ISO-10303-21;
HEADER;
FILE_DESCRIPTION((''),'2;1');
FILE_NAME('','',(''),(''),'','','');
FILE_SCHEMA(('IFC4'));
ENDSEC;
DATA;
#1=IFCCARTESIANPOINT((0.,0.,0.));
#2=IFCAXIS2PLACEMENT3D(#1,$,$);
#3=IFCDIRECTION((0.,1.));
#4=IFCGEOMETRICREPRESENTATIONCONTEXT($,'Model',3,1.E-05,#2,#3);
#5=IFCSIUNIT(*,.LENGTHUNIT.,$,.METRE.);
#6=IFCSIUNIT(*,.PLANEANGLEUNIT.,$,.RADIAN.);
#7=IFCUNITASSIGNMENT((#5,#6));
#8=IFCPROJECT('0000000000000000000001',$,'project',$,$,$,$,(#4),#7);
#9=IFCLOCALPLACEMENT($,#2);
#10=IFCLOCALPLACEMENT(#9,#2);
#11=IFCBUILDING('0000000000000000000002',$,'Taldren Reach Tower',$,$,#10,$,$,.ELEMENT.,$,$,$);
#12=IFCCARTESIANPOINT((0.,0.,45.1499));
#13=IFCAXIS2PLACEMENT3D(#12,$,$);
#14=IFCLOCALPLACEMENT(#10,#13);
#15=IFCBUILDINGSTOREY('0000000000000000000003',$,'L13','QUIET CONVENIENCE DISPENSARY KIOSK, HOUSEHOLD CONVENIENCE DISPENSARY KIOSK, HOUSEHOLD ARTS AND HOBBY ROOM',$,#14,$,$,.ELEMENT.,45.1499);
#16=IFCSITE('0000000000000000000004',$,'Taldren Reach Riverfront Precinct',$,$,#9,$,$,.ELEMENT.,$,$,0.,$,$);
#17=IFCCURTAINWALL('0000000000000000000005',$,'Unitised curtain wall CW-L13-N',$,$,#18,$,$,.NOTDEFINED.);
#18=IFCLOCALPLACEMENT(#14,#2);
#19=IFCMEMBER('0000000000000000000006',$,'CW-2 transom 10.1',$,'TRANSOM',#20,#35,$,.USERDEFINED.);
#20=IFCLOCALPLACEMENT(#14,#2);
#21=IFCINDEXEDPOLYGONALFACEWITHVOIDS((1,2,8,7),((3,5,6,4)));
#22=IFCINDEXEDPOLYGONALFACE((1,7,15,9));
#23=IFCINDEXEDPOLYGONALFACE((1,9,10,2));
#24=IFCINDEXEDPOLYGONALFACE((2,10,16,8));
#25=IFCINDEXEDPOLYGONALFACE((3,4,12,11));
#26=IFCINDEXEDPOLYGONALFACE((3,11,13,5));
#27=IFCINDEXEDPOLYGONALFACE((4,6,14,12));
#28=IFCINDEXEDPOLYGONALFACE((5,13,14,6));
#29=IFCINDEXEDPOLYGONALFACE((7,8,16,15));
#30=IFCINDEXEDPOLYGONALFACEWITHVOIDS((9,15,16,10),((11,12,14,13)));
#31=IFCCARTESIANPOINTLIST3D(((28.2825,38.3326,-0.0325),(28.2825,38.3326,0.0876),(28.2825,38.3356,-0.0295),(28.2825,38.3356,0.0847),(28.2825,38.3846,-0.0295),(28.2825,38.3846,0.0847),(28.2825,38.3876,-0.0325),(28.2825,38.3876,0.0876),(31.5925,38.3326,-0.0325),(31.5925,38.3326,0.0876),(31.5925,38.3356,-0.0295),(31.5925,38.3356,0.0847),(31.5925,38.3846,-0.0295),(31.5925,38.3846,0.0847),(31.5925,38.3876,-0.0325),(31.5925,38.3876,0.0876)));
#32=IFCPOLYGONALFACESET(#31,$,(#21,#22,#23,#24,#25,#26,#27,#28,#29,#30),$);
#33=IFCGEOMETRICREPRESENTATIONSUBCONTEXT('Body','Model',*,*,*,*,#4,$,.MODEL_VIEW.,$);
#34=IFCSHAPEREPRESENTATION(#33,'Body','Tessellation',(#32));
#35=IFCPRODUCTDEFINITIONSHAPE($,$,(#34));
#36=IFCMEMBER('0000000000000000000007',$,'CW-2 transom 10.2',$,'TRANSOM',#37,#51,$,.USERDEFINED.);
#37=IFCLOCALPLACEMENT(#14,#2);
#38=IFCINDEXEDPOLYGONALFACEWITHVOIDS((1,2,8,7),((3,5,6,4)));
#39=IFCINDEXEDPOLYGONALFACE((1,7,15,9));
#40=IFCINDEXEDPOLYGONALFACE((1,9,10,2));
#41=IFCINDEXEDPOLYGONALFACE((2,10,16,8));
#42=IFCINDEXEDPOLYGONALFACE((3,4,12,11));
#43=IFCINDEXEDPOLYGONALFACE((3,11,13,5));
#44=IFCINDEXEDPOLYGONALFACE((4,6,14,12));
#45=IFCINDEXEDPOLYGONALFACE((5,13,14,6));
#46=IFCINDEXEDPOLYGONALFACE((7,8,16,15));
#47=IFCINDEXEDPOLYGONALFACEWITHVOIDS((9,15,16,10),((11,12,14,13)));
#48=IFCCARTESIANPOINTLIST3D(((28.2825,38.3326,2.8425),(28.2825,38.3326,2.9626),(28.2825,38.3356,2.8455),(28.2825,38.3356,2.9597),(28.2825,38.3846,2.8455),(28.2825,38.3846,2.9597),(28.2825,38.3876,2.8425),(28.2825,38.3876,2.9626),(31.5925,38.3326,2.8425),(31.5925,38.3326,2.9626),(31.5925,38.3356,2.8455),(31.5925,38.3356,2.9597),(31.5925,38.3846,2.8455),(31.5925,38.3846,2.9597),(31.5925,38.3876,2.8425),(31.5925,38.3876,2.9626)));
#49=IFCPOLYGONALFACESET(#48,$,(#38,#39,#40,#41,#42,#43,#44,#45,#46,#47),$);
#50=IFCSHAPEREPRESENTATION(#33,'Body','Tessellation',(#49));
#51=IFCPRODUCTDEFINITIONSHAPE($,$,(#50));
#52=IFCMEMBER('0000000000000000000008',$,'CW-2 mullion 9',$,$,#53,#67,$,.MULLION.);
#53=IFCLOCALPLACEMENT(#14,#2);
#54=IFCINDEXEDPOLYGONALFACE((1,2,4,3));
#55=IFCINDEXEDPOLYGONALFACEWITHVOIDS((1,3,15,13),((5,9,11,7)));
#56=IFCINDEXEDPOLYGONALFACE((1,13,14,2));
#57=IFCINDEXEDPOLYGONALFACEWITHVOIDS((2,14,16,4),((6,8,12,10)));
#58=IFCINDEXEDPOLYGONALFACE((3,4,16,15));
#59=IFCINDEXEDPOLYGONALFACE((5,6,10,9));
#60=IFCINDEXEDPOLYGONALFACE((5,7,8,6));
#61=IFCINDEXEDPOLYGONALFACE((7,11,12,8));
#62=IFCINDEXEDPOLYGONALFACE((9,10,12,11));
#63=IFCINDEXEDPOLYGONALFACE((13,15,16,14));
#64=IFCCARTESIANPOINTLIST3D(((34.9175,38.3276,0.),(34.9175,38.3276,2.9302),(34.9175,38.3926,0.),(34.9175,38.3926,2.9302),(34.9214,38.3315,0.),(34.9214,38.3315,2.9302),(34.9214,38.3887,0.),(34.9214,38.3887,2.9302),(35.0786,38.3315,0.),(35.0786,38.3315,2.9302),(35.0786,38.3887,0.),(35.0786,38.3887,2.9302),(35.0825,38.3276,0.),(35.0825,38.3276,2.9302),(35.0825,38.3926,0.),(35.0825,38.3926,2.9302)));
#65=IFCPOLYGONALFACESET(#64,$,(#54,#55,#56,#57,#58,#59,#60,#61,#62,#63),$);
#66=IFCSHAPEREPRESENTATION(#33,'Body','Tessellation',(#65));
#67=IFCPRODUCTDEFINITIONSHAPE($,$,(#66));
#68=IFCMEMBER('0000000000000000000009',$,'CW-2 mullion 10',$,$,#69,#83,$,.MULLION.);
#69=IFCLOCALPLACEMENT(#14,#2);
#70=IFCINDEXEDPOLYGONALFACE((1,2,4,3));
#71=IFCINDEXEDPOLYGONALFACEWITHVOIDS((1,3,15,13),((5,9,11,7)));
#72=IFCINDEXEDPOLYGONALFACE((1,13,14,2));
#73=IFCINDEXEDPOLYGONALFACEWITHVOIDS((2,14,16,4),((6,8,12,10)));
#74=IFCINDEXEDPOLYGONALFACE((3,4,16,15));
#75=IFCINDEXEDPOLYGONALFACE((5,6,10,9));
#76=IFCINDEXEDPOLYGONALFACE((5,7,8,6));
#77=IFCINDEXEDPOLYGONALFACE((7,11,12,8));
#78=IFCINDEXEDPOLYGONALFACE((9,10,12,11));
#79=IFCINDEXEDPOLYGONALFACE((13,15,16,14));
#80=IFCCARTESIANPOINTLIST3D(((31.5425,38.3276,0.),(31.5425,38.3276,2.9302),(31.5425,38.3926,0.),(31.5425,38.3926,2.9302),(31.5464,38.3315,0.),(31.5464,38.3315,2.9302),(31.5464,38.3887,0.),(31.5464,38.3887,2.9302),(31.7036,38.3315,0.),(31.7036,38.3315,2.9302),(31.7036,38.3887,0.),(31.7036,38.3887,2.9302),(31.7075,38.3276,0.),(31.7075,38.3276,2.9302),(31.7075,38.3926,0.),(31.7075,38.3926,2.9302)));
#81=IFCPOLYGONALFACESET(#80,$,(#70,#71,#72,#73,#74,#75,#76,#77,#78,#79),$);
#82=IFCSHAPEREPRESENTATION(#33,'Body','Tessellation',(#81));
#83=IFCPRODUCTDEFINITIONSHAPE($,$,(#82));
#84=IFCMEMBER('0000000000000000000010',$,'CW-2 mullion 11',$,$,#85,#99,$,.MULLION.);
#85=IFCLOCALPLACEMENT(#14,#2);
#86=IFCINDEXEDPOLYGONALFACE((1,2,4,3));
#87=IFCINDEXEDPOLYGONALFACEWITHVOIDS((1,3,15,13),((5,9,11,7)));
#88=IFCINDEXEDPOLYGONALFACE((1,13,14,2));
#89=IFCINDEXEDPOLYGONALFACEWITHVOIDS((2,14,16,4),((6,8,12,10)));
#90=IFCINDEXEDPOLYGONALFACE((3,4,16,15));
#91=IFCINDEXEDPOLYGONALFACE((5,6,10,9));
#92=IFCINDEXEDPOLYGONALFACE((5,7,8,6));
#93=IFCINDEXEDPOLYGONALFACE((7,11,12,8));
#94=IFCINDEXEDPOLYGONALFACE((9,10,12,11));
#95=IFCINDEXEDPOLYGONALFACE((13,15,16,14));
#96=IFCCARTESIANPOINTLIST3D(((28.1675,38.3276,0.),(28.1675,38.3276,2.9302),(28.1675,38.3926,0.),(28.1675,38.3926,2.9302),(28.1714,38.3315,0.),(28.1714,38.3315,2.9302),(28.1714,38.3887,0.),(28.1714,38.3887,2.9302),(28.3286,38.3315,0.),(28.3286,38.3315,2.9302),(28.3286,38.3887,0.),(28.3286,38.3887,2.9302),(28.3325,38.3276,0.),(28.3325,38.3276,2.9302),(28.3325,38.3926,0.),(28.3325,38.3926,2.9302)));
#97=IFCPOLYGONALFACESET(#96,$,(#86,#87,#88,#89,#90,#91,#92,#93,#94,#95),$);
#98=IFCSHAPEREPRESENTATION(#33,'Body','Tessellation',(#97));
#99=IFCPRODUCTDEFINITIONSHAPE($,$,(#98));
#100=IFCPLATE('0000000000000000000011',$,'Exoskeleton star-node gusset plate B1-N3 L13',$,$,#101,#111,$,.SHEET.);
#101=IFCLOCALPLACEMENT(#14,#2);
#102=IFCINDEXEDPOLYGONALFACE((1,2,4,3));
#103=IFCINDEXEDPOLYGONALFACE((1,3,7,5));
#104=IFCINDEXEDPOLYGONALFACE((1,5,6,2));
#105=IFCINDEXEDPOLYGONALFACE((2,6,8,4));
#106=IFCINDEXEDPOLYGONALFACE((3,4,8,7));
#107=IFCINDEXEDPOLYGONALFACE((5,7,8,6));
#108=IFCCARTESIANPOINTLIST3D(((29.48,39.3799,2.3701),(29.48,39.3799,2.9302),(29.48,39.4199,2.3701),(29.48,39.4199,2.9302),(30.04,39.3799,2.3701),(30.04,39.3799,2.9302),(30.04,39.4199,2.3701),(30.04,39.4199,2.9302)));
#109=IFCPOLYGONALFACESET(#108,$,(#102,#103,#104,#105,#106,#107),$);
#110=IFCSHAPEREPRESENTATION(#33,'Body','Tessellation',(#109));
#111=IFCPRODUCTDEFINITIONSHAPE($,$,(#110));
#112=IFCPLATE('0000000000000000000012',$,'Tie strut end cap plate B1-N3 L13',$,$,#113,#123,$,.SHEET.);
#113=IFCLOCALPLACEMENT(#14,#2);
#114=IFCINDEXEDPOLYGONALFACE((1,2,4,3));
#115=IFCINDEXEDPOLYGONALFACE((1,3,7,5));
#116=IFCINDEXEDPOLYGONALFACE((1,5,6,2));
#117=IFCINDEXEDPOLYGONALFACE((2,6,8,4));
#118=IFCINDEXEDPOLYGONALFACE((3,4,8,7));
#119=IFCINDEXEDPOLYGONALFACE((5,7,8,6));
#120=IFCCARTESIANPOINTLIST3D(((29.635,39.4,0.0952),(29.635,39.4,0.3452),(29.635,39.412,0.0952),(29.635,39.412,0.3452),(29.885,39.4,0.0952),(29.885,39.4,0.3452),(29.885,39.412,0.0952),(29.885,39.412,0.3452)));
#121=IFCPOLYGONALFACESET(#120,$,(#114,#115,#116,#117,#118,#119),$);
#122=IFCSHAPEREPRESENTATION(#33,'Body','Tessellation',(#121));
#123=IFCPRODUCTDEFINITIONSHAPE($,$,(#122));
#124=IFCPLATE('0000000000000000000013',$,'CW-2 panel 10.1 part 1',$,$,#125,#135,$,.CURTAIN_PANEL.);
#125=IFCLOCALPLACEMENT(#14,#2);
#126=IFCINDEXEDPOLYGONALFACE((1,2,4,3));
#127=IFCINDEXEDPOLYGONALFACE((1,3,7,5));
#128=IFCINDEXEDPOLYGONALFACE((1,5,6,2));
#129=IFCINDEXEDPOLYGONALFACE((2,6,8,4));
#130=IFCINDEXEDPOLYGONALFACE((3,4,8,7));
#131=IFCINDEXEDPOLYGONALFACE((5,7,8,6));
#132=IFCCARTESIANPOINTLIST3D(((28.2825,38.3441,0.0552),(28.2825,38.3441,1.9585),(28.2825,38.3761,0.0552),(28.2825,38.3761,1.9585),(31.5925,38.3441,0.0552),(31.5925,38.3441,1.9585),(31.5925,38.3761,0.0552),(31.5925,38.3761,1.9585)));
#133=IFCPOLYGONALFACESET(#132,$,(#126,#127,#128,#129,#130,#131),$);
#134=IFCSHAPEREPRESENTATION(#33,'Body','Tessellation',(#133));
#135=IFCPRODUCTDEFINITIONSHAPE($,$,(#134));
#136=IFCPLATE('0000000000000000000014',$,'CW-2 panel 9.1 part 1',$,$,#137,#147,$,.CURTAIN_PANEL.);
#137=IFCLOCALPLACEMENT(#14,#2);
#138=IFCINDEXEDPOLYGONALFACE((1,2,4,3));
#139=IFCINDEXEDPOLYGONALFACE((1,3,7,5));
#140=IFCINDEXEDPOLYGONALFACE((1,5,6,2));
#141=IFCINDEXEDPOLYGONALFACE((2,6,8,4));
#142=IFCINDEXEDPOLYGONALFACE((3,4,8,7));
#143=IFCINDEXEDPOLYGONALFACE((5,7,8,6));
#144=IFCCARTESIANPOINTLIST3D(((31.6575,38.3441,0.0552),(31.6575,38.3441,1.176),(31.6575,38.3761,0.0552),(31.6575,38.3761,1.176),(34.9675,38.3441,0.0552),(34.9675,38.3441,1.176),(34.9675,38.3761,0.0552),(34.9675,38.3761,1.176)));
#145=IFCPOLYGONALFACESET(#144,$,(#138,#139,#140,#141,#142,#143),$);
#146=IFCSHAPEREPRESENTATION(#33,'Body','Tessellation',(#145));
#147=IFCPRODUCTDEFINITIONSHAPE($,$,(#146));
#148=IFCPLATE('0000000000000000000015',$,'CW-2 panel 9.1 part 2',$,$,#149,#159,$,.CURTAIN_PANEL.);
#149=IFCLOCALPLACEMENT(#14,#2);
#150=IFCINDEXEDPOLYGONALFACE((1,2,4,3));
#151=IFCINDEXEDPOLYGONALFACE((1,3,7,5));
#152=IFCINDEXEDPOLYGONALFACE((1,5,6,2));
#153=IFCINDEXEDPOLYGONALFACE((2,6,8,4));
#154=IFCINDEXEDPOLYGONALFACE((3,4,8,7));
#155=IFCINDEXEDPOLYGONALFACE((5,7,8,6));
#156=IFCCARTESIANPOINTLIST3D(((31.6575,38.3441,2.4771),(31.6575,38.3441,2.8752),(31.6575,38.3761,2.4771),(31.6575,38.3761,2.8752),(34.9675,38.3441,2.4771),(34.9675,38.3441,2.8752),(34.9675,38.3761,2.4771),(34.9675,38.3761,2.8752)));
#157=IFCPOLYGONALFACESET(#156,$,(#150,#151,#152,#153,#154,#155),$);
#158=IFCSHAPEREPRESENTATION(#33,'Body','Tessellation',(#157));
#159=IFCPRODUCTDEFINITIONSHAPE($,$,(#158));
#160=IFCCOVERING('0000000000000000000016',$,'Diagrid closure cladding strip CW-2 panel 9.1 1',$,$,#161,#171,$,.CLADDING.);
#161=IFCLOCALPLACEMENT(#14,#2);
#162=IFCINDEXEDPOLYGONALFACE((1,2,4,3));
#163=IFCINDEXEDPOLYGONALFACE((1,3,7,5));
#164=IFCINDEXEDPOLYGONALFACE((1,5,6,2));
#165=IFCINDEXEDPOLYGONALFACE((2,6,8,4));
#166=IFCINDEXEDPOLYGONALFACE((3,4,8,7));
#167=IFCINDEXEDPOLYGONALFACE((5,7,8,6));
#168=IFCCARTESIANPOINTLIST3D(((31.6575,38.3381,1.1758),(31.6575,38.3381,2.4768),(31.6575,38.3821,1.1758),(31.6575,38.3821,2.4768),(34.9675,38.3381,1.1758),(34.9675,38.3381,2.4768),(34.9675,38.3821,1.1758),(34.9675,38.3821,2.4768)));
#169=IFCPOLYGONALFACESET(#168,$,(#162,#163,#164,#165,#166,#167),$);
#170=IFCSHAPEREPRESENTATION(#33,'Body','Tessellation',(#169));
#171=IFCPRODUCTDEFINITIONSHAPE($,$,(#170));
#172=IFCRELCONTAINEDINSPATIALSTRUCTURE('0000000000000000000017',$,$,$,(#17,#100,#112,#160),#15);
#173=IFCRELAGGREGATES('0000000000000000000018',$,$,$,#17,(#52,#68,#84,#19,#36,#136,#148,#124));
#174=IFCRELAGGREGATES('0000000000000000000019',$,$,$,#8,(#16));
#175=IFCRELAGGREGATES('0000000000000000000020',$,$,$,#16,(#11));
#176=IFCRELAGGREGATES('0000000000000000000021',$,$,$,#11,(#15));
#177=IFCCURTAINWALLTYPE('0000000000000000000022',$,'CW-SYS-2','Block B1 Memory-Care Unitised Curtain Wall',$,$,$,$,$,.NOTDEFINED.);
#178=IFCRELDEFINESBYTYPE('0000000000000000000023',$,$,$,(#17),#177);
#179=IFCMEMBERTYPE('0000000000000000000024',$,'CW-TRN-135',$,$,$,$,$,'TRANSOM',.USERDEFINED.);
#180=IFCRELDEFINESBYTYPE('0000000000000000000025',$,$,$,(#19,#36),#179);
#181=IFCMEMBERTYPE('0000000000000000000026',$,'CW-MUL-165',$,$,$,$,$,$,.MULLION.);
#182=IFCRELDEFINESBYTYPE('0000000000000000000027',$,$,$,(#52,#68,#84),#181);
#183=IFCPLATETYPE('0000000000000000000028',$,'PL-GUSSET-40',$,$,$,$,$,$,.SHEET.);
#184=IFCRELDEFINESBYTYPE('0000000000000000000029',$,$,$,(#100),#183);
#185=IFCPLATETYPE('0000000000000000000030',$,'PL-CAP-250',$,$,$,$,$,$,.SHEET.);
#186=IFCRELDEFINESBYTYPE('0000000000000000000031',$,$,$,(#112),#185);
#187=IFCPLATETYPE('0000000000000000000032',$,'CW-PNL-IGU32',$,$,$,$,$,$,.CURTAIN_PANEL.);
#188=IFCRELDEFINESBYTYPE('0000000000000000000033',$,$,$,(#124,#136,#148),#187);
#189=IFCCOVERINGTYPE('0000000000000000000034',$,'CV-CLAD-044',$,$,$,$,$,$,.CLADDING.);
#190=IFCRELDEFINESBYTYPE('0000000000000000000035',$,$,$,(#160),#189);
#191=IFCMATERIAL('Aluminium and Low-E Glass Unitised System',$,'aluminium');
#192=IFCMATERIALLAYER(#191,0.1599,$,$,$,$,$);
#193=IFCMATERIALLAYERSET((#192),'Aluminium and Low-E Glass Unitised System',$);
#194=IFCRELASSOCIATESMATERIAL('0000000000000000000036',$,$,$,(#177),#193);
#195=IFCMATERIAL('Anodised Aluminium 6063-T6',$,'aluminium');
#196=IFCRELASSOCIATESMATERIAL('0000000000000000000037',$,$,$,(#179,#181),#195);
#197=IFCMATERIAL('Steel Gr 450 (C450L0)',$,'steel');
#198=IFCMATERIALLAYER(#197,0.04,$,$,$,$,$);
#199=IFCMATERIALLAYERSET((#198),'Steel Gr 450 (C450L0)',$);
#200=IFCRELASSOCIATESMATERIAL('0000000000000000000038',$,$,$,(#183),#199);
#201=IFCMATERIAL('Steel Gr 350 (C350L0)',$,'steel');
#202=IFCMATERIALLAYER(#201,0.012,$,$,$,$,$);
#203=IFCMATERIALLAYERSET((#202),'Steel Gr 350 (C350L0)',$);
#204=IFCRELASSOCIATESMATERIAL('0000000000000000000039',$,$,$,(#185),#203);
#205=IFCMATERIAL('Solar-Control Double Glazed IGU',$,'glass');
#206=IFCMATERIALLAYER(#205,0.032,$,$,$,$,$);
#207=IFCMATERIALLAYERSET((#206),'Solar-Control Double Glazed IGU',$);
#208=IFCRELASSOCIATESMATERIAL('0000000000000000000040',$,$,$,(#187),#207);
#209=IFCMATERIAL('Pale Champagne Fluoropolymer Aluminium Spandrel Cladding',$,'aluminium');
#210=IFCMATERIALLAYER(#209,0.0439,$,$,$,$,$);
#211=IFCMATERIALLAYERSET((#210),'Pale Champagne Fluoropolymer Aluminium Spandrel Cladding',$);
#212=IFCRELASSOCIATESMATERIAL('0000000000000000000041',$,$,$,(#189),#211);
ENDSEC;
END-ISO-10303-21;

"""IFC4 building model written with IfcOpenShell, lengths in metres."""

from ifc_helpers import new_model, si_unit, direction, frame, origin, origin_2d, place, context, subcontext, project, spatial, rectangle, hollow_rectangle, extrude, source, transform, mapped, material, layer, layer_set, material_profile, profile_set, type_object, element, aggregate, save


model = new_model("IFC4")

# Units and contexts
model_context = context("Model", 3, precision=1e-05, world=origin(), true_north=direction((0.0, 1.0)))
body_context = subcontext(model_context, "Body", "Model", "MODEL_VIEW")
ifc_project = project(units=[si_unit("LENGTHUNIT", "METRE"), si_unit("PLANEANGLEUNIT", "RADIAN")], contexts=[model_context])

# Site, building, storey
site_placement = place(None, origin())
site = spatial("IfcSite", under=ifc_project, at=site_placement, Name="Taldren Reach Riverfront Precinct", CompositionType="ELEMENT", RefElevation=0.0)
building_placement = place(site_placement, origin())
building = spatial("IfcBuilding", under=site, at=building_placement, Name="Taldren Reach Tower", CompositionType="ELEMENT")
storey_placement = place(building_placement, frame((0.0, 0.0, 45.1499)))
storey = spatial("IfcBuildingStorey", under=building, at=storey_placement, Name="L13", Description="QUIET CONVENIENCE DISPENSARY KIOSK, HOUSEHOLD CONVENIENCE DISPENSARY KIOSK, HOUSEHOLD ARTS AND HOBBY ROOM", CompositionType="ELEMENT", Elevation=45.1499)

# Shared definitions
ifc_material_1 = material(Name="Steel Gr 450 (C450L0)", Category="steel")
ifc_material_2 = material(Name="Steel Gr 350 (C350L0)", Category="steel")

# Curtain wall, members
ifc_material_3 = material(Name="Aluminium and Low-E Glass Unitised System", Category="aluminium")
ifc_layer_1 = layer(ifc_material_3, 0.1599)
ifc_layer_set_1 = layer_set([ifc_layer_1], Name="Aluminium and Low-E Glass Unitised System")
curtain_wall_type = type_object("IfcCurtainWallType", Name="CW-SYS-2", Description="Block B1 Memory-Care Unitised Curtain Wall", PredefinedType="NOTDEFINED", material=ifc_layer_set_1)
curtain_wall_placement = place(storey_placement, origin())
curtain_wall = element("IfcCurtainWall", 1, at=curtain_wall_placement, inside=storey, type_object=curtain_wall_type, Name="Unitised curtain wall CW-L13-N", PredefinedType="NOTDEFINED")
ifc_material_4 = material(Name="Anodised Aluminium 6063-T6", Category="aluminium")
ifc_material_profile_1 = material_profile(ifc_material_4, hollow_rectangle(XDim=0.0549, YDim=0.1201, WallThickness=0.0029, at=origin_2d()), Name="ALU-120x55x3RHS")
ifc_profile_set_1 = profile_set([ifc_material_profile_1], Name="Anodised Aluminium 6063-T6")
member_type_1 = type_object("IfcMemberType", Name="CW-TRN-135", ElementType="TRANSOM", PredefinedType="USERDEFINED", material=ifc_profile_set_1)
shared_shape_1 = source(origin(), body_context, "Body", "SweptSolid", [
    extrude(hollow_rectangle(XDim=0.0549, YDim=0.1201, WallThickness=0.0029, at=origin_2d()), origin(), (0.0, 0.0, 1.0), 3.3101),
])
member_1_placement = place(storey_placement, frame((31.5925, 38.3601, 0.0276), z_axis=(-1.0, 0.0, 0.0), x_axis=(0.0, -1.0, 0.0)))
member_1 = element("IfcMember", 2, at=member_1_placement, type_object=member_type_1, Name="CW-2 transom 10.1", ObjectType="TRANSOM", PredefinedType="USERDEFINED", context=body_context, shape_type="MappedRepresentation", body=[
    mapped(shared_shape_1, transform((0.0, 0.0, 0.0), scale=1.0)),
])
member_2_placement = place(storey_placement, frame((31.5925, 38.3601, 2.9026), z_axis=(-1.0, 0.0, 0.0), x_axis=(0.0, -1.0, 0.0)))
member_2 = element("IfcMember", 3, at=member_2_placement, type_object=member_type_1, Name="CW-2 transom 10.2", ObjectType="TRANSOM", PredefinedType="USERDEFINED", context=body_context, shape_type="MappedRepresentation", body=[
    mapped(shared_shape_1, transform((0.0, 0.0, 0.0), scale=1.0)),
])
ifc_material_profile_2 = material_profile(ifc_material_4, hollow_rectangle(XDim=0.0649, YDim=0.165, WallThickness=0.0039, at=origin_2d()), Name="ALU-165x65x4RHS")
ifc_profile_set_2 = profile_set([ifc_material_profile_2], Name="Anodised Aluminium 6063-T6")
member_type_2 = type_object("IfcMemberType", Name="CW-MUL-165", PredefinedType="MULLION", material=ifc_profile_set_2)
shared_shape_2 = source(origin(), body_context, "Body", "SweptSolid", [
    extrude(hollow_rectangle(XDim=0.0649, YDim=0.165, WallThickness=0.0039, at=origin_2d()), origin(), (0.0, 0.0, 1.0), 2.9302),
])
member_3_placement = place(storey_placement, frame((35.0, 38.3601, 0.0), z_axis=(0.0, 0.0, 1.0), x_axis=(0.0, -1.0, 0.0)))
member_3 = element("IfcMember", 4, at=member_3_placement, type_object=member_type_2, Name="CW-2 mullion 9", PredefinedType="MULLION", context=body_context, shape_type="MappedRepresentation", body=[
    mapped(shared_shape_2, transform((0.0, 0.0, 0.0), scale=1.0)),
])
member_4_placement = place(storey_placement, frame((31.625, 38.3601, 0.0), z_axis=(0.0, 0.0, 1.0), x_axis=(0.0, -1.0, 0.0)))
member_4 = element("IfcMember", 5, at=member_4_placement, type_object=member_type_2, Name="CW-2 mullion 10", PredefinedType="MULLION", context=body_context, shape_type="MappedRepresentation", body=[
    mapped(shared_shape_2, transform((0.0, 0.0, 0.0), scale=1.0)),
])
member_5_placement = place(storey_placement, frame((28.25, 38.3601, 0.0), z_axis=(0.0, 0.0, 1.0), x_axis=(0.0, -1.0, 0.0)))
member_5 = element("IfcMember", 6, at=member_5_placement, type_object=member_type_2, Name="CW-2 mullion 11", PredefinedType="MULLION", context=body_context, shape_type="MappedRepresentation", body=[
    mapped(shared_shape_2, transform((0.0, 0.0, 0.0), scale=1.0)),
])

# Plates
ifc_layer_2 = layer(ifc_material_1, 0.04)
ifc_layer_set_2 = layer_set([ifc_layer_2], Name="Steel Gr 450 (C450L0)")
plate_type_1 = type_object("IfcPlateType", Name="PL-GUSSET-40", PredefinedType="SHEET", material=ifc_layer_set_2)
shared_shape_3 = source(origin(), body_context, "Body", "SweptSolid", [
    extrude(rectangle(XDim=0.5601, YDim=0.04, at=origin_2d()), origin(), (0.0, 0.0, 1.0), 0.5601),
])
plate_1_placement = place(storey_placement, frame((29.76, 39.3999, 2.3701), z_axis=(0.0, 0.0, 1.0), x_axis=(1.0, 0.0, 0.0)))
element("IfcPlate", 7, at=plate_1_placement, inside=storey, type_object=plate_type_1, Name="Exoskeleton star-node gusset plate B1-N3 L13", PredefinedType="SHEET", context=body_context, shape_type="MappedRepresentation", body=[
    mapped(shared_shape_3, transform((0.0, 0.0, 0.0), scale=1.0)),
])
ifc_layer_3 = layer(ifc_material_2, 0.012)
ifc_layer_set_3 = layer_set([ifc_layer_3], Name="Steel Gr 350 (C350L0)")
plate_type_2 = type_object("IfcPlateType", Name="PL-CAP-250", PredefinedType="SHEET", material=ifc_layer_set_3)
shared_shape_4 = source(origin(), body_context, "Body", "SweptSolid", [
    extrude(rectangle(XDim=0.25, YDim=0.012, at=origin_2d()), origin(), (0.0, 0.0, 1.0), 0.25),
])
plate_2_placement = place(storey_placement, frame((29.76, 39.406, 0.0952), z_axis=(0.0, 0.0, 1.0), x_axis=(1.0, 0.0, 0.0)))
element("IfcPlate", 8, at=plate_2_placement, inside=storey, type_object=plate_type_2, Name="Tie strut end cap plate B1-N3 L13", PredefinedType="SHEET", context=body_context, shape_type="MappedRepresentation", body=[
    mapped(shared_shape_4, transform((0.0, 0.0, 0.0), scale=1.0)),
])

# Plates
ifc_material_5 = material(Name="Solar-Control Double Glazed IGU", Category="glass")
ifc_layer_4 = layer(ifc_material_5, 0.032)
ifc_layer_set_4 = layer_set([ifc_layer_4], Name="Solar-Control Double Glazed IGU")
plate_type_3 = type_object("IfcPlateType", Name="CW-PNL-IGU32", PredefinedType="CURTAIN_PANEL", material=ifc_layer_set_4)
shared_shape_5 = source(origin(), body_context, "Body", "SweptSolid", [
    extrude(rectangle(XDim=3.3101, YDim=0.032, at=origin_2d()), origin(), (0.0, 0.0, 1.0), 1.9033),
])
plate_3_placement = place(storey_placement, frame((29.9375, 38.3601, 0.0552), z_axis=(0.0, 0.0, 1.0), x_axis=(-1.0, 0.0, 0.0)))
plate_3 = element("IfcPlate", 9, at=plate_3_placement, type_object=plate_type_3, Name="CW-2 panel 10.1 part 1", PredefinedType="CURTAIN_PANEL", context=body_context, shape_type="MappedRepresentation", body=[
    mapped(shared_shape_5, transform((0.0, 0.0, 0.0), scale=1.0)),
])
shared_shape_6 = source(origin(), body_context, "Body", "SweptSolid", [
    extrude(rectangle(XDim=3.3101, YDim=0.032, at=origin_2d()), origin(), (0.0, 0.0, 1.0), 1.1208),
])
plate_4_placement = place(storey_placement, frame((33.3125, 38.3601, 0.0552), z_axis=(0.0, 0.0, 1.0), x_axis=(-1.0, 0.0, 0.0)))
plate_4 = element("IfcPlate", 10, at=plate_4_placement, type_object=plate_type_3, Name="CW-2 panel 9.1 part 1", PredefinedType="CURTAIN_PANEL", context=body_context, shape_type="MappedRepresentation", body=[
    mapped(shared_shape_6, transform((0.0, 0.0, 0.0), scale=1.0)),
])
shared_shape_7 = source(origin(), body_context, "Body", "SweptSolid", [
    extrude(rectangle(XDim=3.3101, YDim=0.032, at=origin_2d()), origin(), (0.0, 0.0, 1.0), 0.3982),
])
plate_5_placement = place(storey_placement, frame((33.3125, 38.3601, 2.4771), z_axis=(0.0, 0.0, 1.0), x_axis=(-1.0, 0.0, 0.0)))
plate_5 = element("IfcPlate", 11, at=plate_5_placement, type_object=plate_type_3, Name="CW-2 panel 9.1 part 2", PredefinedType="CURTAIN_PANEL", context=body_context, shape_type="MappedRepresentation", body=[
    mapped(shared_shape_7, transform((0.0, 0.0, 0.0), scale=1.0)),
])
aggregate(curtain_wall, [member_3, member_4, member_5, member_1, member_2, plate_4, plate_5, plate_3])

# Covering
ifc_material_6 = material(Name="Pale Champagne Fluoropolymer Aluminium Spandrel Cladding", Category="aluminium")
ifc_layer_5 = layer(ifc_material_6, 0.0439)
ifc_layer_set_5 = layer_set([ifc_layer_5], Name="Pale Champagne Fluoropolymer Aluminium Spandrel Cladding")
covering_type = type_object("IfcCoveringType", Name="CV-CLAD-044", PredefinedType="CLADDING", material=ifc_layer_set_5)
shared_shape_8 = source(origin(), body_context, "Body", "SweptSolid", [
    extrude(rectangle(XDim=3.3101, YDim=0.0439, at=origin_2d()), origin(), (0.0, 0.0, 1.0), 1.301),
])
covering_1_placement = place(storey_placement, frame((33.3125, 38.3601, 1.1758), z_axis=(0.0, 0.0, 1.0), x_axis=(-1.0, 0.0, 0.0)))
element("IfcCovering", 12, at=covering_1_placement, inside=storey, type_object=covering_type, Name="Diagrid closure cladding strip CW-2 panel 9.1 1", PredefinedType="CLADDING", context=body_context, shape_type="MappedRepresentation", body=[
    mapped(shared_shape_8, transform((0.0, 0.0, 0.0), scale=1.0)),
])

save(model, "model.ifc")
